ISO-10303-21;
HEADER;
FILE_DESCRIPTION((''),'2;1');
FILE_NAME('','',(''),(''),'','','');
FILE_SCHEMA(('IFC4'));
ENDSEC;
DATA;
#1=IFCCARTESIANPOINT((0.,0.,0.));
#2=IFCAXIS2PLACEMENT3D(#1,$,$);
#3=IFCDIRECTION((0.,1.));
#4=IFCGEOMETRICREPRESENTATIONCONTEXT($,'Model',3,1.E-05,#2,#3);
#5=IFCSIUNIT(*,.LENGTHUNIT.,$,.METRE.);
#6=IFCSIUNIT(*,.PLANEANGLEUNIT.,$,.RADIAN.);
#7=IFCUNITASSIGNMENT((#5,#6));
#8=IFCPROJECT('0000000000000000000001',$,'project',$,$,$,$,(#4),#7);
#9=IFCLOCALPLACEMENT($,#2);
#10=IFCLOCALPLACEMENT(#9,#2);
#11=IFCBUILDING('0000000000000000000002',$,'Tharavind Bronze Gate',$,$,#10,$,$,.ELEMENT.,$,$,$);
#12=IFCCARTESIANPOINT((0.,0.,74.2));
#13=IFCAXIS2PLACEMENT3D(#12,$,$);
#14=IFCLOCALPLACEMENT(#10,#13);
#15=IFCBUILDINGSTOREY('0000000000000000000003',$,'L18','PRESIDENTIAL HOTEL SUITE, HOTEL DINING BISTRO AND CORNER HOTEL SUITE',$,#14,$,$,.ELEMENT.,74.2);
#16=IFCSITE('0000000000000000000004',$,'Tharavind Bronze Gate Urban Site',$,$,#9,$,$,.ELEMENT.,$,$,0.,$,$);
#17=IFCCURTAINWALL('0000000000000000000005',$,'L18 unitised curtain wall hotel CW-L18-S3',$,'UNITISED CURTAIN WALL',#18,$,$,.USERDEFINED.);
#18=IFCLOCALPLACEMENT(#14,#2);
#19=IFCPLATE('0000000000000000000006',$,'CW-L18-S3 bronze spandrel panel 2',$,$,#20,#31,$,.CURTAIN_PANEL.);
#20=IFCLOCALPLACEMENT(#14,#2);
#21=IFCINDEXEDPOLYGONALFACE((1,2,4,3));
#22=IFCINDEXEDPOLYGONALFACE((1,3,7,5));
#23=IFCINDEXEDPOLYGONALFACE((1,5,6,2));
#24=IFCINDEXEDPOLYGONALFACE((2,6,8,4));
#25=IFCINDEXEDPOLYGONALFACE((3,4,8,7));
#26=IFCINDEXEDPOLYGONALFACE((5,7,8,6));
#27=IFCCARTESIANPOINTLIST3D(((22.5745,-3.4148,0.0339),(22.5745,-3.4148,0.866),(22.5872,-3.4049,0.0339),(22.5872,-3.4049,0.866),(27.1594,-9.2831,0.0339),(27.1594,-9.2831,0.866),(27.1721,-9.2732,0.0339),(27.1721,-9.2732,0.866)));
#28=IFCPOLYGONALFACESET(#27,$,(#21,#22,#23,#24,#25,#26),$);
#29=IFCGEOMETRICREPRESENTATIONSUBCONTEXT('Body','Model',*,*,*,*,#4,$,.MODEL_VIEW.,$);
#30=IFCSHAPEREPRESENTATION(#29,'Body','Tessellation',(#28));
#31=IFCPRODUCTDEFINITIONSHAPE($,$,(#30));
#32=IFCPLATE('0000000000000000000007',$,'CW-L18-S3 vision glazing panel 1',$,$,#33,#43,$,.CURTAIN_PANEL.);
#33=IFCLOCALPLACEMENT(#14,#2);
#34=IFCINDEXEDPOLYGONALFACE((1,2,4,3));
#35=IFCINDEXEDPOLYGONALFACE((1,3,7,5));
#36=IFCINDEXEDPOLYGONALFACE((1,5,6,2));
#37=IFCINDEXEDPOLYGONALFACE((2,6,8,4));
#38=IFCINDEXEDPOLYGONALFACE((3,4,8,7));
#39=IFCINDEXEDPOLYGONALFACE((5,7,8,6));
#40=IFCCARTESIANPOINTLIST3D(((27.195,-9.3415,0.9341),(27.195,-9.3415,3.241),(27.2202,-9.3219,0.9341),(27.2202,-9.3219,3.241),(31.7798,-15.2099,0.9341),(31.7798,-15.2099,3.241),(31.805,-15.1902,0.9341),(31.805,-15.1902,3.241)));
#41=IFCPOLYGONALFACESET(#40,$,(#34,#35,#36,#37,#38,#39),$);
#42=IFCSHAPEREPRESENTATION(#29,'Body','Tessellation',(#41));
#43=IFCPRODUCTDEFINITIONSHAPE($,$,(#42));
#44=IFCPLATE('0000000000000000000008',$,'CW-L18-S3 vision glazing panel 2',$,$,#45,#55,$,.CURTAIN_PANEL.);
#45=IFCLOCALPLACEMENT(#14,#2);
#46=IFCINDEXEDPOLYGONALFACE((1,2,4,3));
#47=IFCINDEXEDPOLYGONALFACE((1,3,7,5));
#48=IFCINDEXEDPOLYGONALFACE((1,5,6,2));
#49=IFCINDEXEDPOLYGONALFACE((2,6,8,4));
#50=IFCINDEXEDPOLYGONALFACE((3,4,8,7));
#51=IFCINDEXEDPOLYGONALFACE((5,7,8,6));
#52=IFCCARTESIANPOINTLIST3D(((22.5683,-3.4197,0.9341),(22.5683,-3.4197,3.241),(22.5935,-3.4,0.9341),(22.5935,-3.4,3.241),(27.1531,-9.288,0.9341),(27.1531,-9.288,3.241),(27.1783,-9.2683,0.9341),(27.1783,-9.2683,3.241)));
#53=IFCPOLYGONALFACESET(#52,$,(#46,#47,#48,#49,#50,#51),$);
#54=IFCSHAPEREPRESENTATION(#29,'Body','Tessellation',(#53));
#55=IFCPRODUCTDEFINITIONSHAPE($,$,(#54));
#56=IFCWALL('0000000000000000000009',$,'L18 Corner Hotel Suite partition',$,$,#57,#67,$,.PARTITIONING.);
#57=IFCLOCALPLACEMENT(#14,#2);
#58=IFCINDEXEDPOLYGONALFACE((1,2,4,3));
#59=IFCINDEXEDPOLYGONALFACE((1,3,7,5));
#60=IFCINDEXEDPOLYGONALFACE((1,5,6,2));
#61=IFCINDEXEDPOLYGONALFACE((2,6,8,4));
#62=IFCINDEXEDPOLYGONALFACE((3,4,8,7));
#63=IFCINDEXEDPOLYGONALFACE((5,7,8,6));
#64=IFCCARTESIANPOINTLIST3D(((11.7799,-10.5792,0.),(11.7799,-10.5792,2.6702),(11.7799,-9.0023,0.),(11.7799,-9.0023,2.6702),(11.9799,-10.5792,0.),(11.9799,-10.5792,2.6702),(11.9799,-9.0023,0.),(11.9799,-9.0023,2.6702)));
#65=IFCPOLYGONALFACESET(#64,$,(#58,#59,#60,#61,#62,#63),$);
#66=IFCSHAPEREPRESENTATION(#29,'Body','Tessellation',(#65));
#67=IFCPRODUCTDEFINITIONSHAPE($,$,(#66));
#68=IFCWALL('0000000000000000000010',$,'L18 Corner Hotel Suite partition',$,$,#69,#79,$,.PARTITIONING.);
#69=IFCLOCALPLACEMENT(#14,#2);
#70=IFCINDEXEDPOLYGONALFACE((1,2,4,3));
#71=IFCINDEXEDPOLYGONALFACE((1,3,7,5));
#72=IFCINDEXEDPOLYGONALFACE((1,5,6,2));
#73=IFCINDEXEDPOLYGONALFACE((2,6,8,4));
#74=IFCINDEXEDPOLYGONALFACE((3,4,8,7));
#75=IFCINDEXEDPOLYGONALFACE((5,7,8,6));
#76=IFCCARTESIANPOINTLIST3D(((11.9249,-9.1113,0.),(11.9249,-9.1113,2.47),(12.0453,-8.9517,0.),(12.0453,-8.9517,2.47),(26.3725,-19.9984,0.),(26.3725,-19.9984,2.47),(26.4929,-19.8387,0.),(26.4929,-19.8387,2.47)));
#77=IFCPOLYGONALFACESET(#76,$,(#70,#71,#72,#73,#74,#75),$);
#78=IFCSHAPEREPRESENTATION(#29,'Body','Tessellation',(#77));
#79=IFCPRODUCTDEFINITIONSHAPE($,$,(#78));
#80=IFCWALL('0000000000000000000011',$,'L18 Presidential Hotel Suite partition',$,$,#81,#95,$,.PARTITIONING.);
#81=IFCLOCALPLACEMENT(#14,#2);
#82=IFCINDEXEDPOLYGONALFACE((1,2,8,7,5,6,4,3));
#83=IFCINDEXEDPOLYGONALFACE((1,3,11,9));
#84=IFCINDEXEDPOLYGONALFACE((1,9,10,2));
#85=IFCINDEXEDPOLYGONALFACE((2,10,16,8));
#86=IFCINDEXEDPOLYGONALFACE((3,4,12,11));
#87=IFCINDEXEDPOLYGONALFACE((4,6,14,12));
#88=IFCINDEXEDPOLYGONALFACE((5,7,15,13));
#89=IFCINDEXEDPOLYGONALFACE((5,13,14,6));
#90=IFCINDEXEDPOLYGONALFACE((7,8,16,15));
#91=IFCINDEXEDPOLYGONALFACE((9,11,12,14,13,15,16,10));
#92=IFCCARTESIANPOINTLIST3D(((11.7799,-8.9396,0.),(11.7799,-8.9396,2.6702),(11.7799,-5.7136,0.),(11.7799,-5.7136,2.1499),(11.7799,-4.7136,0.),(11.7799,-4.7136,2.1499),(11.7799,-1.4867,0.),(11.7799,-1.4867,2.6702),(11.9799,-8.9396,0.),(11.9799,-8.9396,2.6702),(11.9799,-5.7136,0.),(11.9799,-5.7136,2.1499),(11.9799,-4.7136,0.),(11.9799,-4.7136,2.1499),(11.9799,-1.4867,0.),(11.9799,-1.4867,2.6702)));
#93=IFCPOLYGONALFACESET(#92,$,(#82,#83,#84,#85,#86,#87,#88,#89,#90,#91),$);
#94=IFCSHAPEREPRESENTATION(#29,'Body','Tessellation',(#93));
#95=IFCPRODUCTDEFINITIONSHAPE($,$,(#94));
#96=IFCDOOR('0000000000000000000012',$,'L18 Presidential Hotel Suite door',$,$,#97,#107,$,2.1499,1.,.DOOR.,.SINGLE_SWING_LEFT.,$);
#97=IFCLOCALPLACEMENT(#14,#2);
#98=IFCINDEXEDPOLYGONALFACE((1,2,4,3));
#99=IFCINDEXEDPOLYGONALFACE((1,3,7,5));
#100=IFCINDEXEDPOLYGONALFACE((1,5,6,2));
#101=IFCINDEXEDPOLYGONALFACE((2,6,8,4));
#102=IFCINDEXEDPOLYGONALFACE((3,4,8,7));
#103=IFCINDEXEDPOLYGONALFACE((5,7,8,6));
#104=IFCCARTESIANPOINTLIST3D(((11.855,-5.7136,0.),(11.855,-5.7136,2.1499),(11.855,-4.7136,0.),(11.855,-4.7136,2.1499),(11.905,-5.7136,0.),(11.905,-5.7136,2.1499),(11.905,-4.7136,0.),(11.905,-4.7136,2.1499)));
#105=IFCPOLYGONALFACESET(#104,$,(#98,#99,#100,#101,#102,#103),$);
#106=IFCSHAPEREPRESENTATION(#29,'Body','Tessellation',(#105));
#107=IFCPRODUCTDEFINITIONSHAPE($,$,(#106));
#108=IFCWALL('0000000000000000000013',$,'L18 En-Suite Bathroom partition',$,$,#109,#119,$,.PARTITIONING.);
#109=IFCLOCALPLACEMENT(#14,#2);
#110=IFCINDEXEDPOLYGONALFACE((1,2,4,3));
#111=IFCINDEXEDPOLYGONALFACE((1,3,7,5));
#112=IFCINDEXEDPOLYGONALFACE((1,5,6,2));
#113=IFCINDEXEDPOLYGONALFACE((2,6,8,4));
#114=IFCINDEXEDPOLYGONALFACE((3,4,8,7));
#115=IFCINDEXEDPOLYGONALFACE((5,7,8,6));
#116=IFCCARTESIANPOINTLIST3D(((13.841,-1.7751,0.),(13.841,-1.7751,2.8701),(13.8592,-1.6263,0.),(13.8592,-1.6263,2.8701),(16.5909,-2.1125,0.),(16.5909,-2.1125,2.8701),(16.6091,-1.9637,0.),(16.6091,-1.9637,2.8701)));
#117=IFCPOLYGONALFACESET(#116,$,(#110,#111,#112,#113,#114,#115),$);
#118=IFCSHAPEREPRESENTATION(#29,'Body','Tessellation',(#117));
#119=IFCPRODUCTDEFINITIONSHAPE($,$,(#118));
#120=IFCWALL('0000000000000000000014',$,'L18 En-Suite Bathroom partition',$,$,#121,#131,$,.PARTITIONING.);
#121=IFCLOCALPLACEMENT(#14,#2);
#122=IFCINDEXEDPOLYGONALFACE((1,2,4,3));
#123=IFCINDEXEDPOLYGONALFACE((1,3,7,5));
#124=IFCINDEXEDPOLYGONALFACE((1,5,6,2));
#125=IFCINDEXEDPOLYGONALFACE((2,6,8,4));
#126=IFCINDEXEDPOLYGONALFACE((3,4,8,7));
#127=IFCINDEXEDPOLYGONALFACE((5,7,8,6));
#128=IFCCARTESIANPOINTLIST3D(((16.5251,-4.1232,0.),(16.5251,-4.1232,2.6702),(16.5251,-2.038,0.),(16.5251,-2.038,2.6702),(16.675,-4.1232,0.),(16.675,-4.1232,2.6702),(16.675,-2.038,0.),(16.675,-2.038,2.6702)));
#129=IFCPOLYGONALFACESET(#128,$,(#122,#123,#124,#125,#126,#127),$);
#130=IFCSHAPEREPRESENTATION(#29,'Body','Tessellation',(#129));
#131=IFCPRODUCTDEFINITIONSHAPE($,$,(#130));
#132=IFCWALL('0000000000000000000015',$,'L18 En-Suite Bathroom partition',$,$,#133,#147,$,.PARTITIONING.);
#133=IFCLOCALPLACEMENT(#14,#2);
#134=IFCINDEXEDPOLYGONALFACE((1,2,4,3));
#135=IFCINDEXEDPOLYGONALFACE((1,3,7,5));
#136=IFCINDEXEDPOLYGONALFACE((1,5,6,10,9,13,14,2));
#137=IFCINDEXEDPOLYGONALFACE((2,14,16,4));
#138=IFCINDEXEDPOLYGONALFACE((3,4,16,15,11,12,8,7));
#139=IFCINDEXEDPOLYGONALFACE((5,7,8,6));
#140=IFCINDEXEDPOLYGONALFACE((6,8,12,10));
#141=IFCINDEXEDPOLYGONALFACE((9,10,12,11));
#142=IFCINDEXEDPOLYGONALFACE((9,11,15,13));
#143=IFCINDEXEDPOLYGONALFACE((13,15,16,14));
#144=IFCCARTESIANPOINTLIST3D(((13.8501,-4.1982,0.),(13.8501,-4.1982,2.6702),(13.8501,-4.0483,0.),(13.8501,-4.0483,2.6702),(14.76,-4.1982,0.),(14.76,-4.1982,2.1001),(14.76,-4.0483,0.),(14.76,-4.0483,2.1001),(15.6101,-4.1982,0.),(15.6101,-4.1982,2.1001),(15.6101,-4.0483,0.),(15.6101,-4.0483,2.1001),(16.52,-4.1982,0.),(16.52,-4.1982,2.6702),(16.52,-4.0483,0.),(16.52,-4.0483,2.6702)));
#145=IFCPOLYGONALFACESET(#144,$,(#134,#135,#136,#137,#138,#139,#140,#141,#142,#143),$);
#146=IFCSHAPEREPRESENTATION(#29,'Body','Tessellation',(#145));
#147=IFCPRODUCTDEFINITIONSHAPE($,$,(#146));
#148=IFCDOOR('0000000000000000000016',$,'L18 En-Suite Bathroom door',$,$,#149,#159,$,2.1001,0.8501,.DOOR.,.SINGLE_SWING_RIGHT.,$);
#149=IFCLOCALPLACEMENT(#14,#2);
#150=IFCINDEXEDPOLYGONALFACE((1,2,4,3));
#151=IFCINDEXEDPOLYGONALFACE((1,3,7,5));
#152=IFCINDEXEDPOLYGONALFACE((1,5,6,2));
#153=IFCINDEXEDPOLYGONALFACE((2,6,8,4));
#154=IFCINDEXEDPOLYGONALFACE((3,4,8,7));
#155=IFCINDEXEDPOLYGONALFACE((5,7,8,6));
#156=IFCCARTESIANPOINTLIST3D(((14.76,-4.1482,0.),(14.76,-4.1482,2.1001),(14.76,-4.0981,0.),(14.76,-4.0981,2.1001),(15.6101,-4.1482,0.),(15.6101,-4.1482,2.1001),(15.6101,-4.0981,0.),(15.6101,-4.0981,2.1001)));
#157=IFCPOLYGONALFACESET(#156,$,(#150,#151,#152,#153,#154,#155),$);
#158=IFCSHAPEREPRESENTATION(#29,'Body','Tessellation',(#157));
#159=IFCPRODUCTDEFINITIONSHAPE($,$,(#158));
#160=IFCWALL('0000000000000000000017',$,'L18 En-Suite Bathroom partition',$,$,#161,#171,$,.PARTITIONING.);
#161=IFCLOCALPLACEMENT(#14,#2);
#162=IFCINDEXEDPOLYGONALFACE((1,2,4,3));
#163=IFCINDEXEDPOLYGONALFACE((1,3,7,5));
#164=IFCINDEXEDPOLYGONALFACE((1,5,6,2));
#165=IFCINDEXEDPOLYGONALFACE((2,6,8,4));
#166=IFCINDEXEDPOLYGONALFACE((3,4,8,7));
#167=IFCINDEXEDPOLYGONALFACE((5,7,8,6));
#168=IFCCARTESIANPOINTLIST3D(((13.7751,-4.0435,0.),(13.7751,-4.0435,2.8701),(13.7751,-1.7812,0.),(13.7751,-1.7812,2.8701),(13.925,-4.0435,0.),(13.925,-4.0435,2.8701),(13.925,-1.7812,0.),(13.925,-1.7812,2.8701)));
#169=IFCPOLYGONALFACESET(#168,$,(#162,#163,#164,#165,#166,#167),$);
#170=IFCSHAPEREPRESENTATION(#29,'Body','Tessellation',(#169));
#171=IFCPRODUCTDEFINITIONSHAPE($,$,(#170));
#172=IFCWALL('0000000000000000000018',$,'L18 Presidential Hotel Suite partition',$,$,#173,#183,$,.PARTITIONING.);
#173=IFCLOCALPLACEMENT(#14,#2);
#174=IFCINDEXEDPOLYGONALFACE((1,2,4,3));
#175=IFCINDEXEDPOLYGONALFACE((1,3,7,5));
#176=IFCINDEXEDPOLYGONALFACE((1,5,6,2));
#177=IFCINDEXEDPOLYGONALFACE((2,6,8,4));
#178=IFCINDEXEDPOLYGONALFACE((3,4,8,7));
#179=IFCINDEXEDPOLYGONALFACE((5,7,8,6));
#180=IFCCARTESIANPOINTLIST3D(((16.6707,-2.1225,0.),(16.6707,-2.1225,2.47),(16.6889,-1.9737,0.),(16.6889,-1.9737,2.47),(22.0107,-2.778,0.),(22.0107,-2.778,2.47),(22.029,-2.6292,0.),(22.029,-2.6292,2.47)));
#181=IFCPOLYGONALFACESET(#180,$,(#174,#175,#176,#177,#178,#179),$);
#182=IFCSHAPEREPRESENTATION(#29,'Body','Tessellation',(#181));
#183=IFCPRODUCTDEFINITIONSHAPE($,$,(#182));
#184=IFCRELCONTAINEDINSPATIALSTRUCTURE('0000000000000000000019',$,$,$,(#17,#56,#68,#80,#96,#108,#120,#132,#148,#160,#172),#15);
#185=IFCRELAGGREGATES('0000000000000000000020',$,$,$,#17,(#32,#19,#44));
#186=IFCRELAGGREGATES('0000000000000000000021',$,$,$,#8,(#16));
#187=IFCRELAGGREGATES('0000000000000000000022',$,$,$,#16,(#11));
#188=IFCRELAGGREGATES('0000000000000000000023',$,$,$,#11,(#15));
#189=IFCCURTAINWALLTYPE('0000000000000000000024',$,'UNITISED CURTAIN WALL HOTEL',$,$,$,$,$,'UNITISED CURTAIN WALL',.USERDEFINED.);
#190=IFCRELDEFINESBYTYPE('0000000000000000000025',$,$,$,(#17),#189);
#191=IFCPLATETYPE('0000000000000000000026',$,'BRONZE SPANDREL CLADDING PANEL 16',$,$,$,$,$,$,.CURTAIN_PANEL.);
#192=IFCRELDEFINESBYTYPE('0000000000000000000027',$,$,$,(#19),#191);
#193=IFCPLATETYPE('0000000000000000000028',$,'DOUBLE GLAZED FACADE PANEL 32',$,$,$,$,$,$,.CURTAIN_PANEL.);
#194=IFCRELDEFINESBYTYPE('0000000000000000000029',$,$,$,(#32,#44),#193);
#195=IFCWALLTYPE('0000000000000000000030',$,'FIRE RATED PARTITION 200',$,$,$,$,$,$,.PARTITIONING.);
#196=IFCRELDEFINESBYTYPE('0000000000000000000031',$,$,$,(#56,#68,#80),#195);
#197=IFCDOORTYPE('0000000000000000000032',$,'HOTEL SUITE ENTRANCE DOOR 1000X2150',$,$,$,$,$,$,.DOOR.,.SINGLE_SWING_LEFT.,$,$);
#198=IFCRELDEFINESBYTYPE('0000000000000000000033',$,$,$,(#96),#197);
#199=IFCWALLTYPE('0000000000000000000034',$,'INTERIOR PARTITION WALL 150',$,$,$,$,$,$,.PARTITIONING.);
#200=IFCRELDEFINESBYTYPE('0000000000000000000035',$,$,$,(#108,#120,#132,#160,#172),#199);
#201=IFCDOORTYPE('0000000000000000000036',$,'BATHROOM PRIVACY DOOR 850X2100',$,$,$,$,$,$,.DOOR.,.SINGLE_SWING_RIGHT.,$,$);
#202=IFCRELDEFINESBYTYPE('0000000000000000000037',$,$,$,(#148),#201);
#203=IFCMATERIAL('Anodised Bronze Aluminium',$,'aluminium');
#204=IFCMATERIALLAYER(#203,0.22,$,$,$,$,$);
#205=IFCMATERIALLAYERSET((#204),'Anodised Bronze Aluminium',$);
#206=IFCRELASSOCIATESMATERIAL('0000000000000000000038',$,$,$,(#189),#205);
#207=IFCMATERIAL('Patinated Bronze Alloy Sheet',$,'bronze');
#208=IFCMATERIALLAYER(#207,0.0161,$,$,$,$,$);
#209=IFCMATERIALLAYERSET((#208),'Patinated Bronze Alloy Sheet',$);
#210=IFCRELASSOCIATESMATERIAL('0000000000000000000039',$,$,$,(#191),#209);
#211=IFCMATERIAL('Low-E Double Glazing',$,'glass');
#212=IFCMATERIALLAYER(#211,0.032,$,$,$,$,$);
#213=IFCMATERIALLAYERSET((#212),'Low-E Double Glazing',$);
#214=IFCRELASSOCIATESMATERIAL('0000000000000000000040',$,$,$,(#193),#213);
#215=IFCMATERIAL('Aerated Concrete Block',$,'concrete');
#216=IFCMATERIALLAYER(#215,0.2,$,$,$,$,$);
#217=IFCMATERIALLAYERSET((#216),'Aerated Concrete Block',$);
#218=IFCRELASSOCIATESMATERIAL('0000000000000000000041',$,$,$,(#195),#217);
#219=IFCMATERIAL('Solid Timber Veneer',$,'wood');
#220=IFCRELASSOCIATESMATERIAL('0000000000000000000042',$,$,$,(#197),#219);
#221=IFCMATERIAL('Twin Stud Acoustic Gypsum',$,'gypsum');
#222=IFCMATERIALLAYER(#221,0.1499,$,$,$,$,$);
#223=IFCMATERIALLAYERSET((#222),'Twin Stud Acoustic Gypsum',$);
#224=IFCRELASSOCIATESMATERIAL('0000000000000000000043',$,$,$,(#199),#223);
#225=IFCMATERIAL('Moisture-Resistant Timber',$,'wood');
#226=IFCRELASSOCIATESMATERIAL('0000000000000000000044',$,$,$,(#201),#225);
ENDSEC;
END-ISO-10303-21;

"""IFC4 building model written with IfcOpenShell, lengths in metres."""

from ifc_helpers import new_model, si_unit, direction, frame, frame_2d, origin, origin_2d, place, context, subcontext, project, spatial, rectangle, extrude, material, layer, layer_set, type_object, element, fill, aggregate, save


model = new_model("IFC4")

# Units and contexts
model_context = context("Model", 3, precision=1e-05, world=origin(), true_north=direction((0.0, 1.0)))
body_context = subcontext(model_context, "Body", "Model", "MODEL_VIEW")
ifc_project = project(units=[si_unit("LENGTHUNIT", "METRE"), si_unit("PLANEANGLEUNIT", "RADIAN")], contexts=[model_context])

# Site, building, storey
site_placement = place(None, origin())
site = spatial("IfcSite", under=ifc_project, at=site_placement, Name="Tharavind Bronze Gate Urban Site", CompositionType="ELEMENT", RefElevation=0.0)
building_placement = place(site_placement, origin())
building = spatial("IfcBuilding", under=site, at=building_placement, Name="Tharavind Bronze Gate", CompositionType="ELEMENT")
storey_placement = place(building_placement, frame((0.0, 0.0, 74.2)))
storey = spatial("IfcBuildingStorey", under=building, at=storey_placement, Name="L18", Description="PRESIDENTIAL HOTEL SUITE, HOTEL DINING BISTRO AND CORNER HOTEL SUITE", CompositionType="ELEMENT", Elevation=74.2)

# Curtain wall
ifc_material_1 = material(Name="Anodised Bronze Aluminium", Category="aluminium")
ifc_layer_1 = layer(ifc_material_1, 0.22)
ifc_layer_set_1 = layer_set([ifc_layer_1], Name="Anodised Bronze Aluminium")
curtain_wall_type = type_object("IfcCurtainWallType", Name="UNITISED CURTAIN WALL HOTEL", ElementType="UNITISED CURTAIN WALL", PredefinedType="USERDEFINED", material=ifc_layer_set_1)
curtain_wall_placement = place(storey_placement, origin())
curtain_wall = element("IfcCurtainWall", 1, at=curtain_wall_placement, inside=storey, type_object=curtain_wall_type, Name="L18 unitised curtain wall hotel CW-L18-S3", ObjectType="UNITISED CURTAIN WALL", PredefinedType="USERDEFINED")

# Plates
ifc_material_2 = material(Name="Patinated Bronze Alloy Sheet", Category="bronze")
ifc_layer_2 = layer(ifc_material_2, 0.0161)
ifc_layer_set_2 = layer_set([ifc_layer_2], Name="Patinated Bronze Alloy Sheet")
plate_type_1 = type_object("IfcPlateType", Name="BRONZE SPANDREL CLADDING PANEL 16", PredefinedType="CURTAIN_PANEL", material=ifc_layer_set_2)
plate_1_placement = place(storey_placement, frame((24.8733, -6.344, 0.0339), z_axis=(0.0, 0.0, 1.0), x_axis=(-0.615661, 0.788011, 0.0)))
plate_1 = element("IfcPlate", 2, at=plate_1_placement, type_object=plate_type_1, Name="CW-L18-S3 bronze spandrel panel 2", PredefinedType="CURTAIN_PANEL", context=body_context, shape_type="SweptSolid", body=[
    extrude(rectangle(XDim=7.447, YDim=0.0161, at=origin_2d()), origin(), (0.0, 0.0, 1.0), 0.832),
])
ifc_material_3 = material(Name="Low-E Double Glazing", Category="glass")
ifc_layer_3 = layer(ifc_material_3, 0.032)
ifc_layer_set_3 = layer_set([ifc_layer_3], Name="Low-E Double Glazing")
plate_type_2 = type_object("IfcPlateType", Name="DOUBLE GLAZED FACADE PANEL 32", PredefinedType="CURTAIN_PANEL", material=ifc_layer_set_3)
plate_2_placement = place(storey_placement, frame((29.5, -12.2659, 0.9341), z_axis=(0.0, 0.0, 1.0), x_axis=(-0.615661, 0.788011, 0.0)))
plate_2 = element("IfcPlate", 3, at=plate_2_placement, type_object=plate_type_2, Name="CW-L18-S3 vision glazing panel 1", PredefinedType="CURTAIN_PANEL", context=body_context, shape_type="SweptSolid", body=[
    extrude(rectangle(XDim=7.447, YDim=0.032, at=origin_2d()), origin(), (0.0, 0.0, 1.0), 2.3069),
])
plate_3_placement = place(storey_placement, frame((24.8733, -6.344, 0.9341), z_axis=(0.0, 0.0, 1.0), x_axis=(-0.615661, 0.788011, 0.0)))
plate_3 = element("IfcPlate", 4, at=plate_3_placement, type_object=plate_type_2, Name="CW-L18-S3 vision glazing panel 2", PredefinedType="CURTAIN_PANEL", context=body_context, shape_type="SweptSolid", body=[
    extrude(rectangle(XDim=7.447, YDim=0.032, at=origin_2d()), origin(), (0.0, 0.0, 1.0), 2.3069),
])
aggregate(curtain_wall, [plate_2, plate_1, plate_3])

# Walls
ifc_material_4 = material(Name="Aerated Concrete Block", Category="concrete")
ifc_layer_4 = layer(ifc_material_4, 0.2)
ifc_layer_set_4 = layer_set([ifc_layer_4], Name="Aerated Concrete Block")
wall_type_1 = type_object("IfcWallType", Name="FIRE RATED PARTITION 200", PredefinedType="PARTITIONING", material=ifc_layer_set_4)
wall_1_placement = place(storey_placement, frame((11.8799, -10.5793, 0.0), z_axis=(0.0, 0.0, 1.0), x_axis=(0.0, 1.0, 0.0)))
element("IfcWall", 5, at=wall_1_placement, inside=storey, type_object=wall_type_1, Name="L18 Corner Hotel Suite partition", PredefinedType="PARTITIONING", context=body_context, shape_type="SweptSolid", body=[
    extrude(rectangle(XDim=1.5769, YDim=0.2, at=frame_2d((0.7886, 0.0))), origin(), (0.0, 0.0, 1.0), 2.6702),
])
wall_2_placement = place(storey_placement, frame((11.9851, -9.0315, 0.0), z_axis=(0.0, 0.0, 1.0), x_axis=(0.798636, -0.601814, 0.0)))
element("IfcWall", 6, at=wall_2_placement, inside=storey, type_object=wall_type_1, Name="L18 Corner Hotel Suite partition", PredefinedType="PARTITIONING", context=body_context, shape_type="SweptSolid", body=[
    extrude(rectangle(XDim=18.0903, YDim=0.2, at=frame_2d((9.0452, 0.0))), origin(), (0.0, 0.0, 1.0), 2.47),
])

# Wall, opening, door
wall_3_placement = place(storey_placement, frame((11.8799, -8.9397, 0.0), z_axis=(0.0, 0.0, 1.0), x_axis=(0.0, 1.0, 0.0)))
wall_3 = element("IfcWall", 7, at=wall_3_placement, inside=storey, type_object=wall_type_1, Name="L18 Presidential Hotel Suite partition", PredefinedType="PARTITIONING", context=body_context, shape_type="SweptSolid", body=[
    extrude(rectangle(XDim=7.4529, YDim=0.2, at=frame_2d((3.7266, 0.0))), origin(), (0.0, 0.0, 1.0), 2.6702),
])
opening_1_placement = place(wall_3_placement, frame((3.2261, 0.0, 0.0)))
opening_1 = element("IfcOpeningElement", 8, at=opening_1_placement, cuts=wall_3, PredefinedType="OPENING", context=body_context, shape_type="SweptSolid", body=[
    extrude(rectangle(XDim=1.0, YDim=2.1499, at=frame_2d((0.5, 1.075))), frame((0.0, 0.1101, 0.0), z_axis=(0.0, -1.0, 0.0), x_axis=(1.0, 0.0, 0.0)), (0.0, 0.0, 1.0), 0.22),
])
ifc_material_5 = material(Name="Solid Timber Veneer", Category="wood")
door_type_1 = type_object("IfcDoorType", Name="HOTEL SUITE ENTRANCE DOOR 1000X2150", OperationType="SINGLE_SWING_LEFT", PredefinedType="DOOR", material=ifc_material_5)
door_1_placement = place(opening_1_placement, origin())
door_1 = element("IfcDoor", 9, at=door_1_placement, inside=storey, type_object=door_type_1, Name="L18 Presidential Hotel Suite door", OperationType="SINGLE_SWING_LEFT", OverallHeight=2.1499, OverallWidth=1.0, PredefinedType="DOOR", context=body_context, shape_type="SweptSolid", body=[
    extrude(rectangle(XDim=1.0, YDim=2.1499, at=frame_2d((0.5, 1.075))), frame((0.0, 0.0249, 0.0), z_axis=(0.0, -1.0, 0.0), x_axis=(1.0, 0.0, 0.0)), (0.0, 0.0, 1.0), 0.05),
])
fill(opening_1, door_1)

# Walls
ifc_material_6 = material(Name="Twin Stud Acoustic Gypsum", Category="gypsum")
ifc_layer_5 = layer(ifc_material_6, 0.1499)
ifc_layer_set_5 = layer_set([ifc_layer_5], Name="Twin Stud Acoustic Gypsum")
wall_type_2 = type_object("IfcWallType", Name="INTERIOR PARTITION WALL 150", PredefinedType="PARTITIONING", material=ifc_layer_set_5)
wall_4_placement = place(storey_placement, frame((13.8501, -1.7007, 0.0), z_axis=(0.0, 0.0, 1.0), x_axis=(0.992557, -0.121779, 0.0)))
element("IfcWall", 10, at=wall_4_placement, inside=storey, type_object=wall_type_2, Name="L18 En-Suite Bathroom partition", PredefinedType="PARTITIONING", context=body_context, shape_type="SweptSolid", body=[
    extrude(rectangle(XDim=2.7705, YDim=0.1499, at=frame_2d((1.3853, 0.0))), origin(), (0.0, 0.0, 1.0), 2.8701),
])
wall_5_placement = place(storey_placement, frame((16.6001, -2.0381, 0.0), z_axis=(0.0, 0.0, 1.0), x_axis=(0.0, -1.0, 0.0)))
element("IfcWall", 11, at=wall_5_placement, inside=storey, type_object=wall_type_2, Name="L18 En-Suite Bathroom partition", PredefinedType="PARTITIONING", context=body_context, shape_type="SweptSolid", body=[
    extrude(rectangle(XDim=2.0852, YDim=0.1499, at=frame_2d((1.0425, 0.0))), origin(), (0.0, 0.0, 1.0), 2.6702),
])

# Wall, opening, door
wall_6_placement = place(storey_placement, frame((16.52, -4.1233, 0.0), z_axis=(0.0, 0.0, 1.0), x_axis=(-1.0, 0.0, 0.0)))
wall_6 = element("IfcWall", 12, at=wall_6_placement, inside=storey, type_object=wall_type_2, Name="L18 En-Suite Bathroom partition", PredefinedType="PARTITIONING", context=body_context, shape_type="SweptSolid", body=[
    extrude(rectangle(XDim=2.6699, YDim=0.1499, at=frame_2d((1.335, 0.0))), origin(), (0.0, 0.0, 1.0), 2.6702),
])
opening_2_placement = place(wall_6_placement, frame((0.9099, 0.0, 0.0)))
opening_2 = element("IfcOpeningElement", 13, at=opening_2_placement, cuts=wall_6, PredefinedType="OPENING", context=body_context, shape_type="SweptSolid", body=[
    extrude(rectangle(XDim=0.8501, YDim=2.1001, at=frame_2d((0.425, 1.05))), frame((0.0, 0.085, 0.0), z_axis=(0.0, -1.0, 0.0), x_axis=(1.0, 0.0, 0.0)), (0.0, 0.0, 1.0), 0.1699),
])
ifc_material_7 = material(Name="Moisture-Resistant Timber", Category="wood")
door_type_2 = type_object("IfcDoorType", Name="BATHROOM PRIVACY DOOR 850X2100", OperationType="SINGLE_SWING_RIGHT", PredefinedType="DOOR", material=ifc_material_7)
door_2_placement = place(opening_2_placement, origin())
door_2 = element("IfcDoor", 14, at=door_2_placement, inside=storey, type_object=door_type_2, Name="L18 En-Suite Bathroom door", OperationType="SINGLE_SWING_RIGHT", OverallHeight=2.1001, OverallWidth=0.8501, PredefinedType="DOOR", context=body_context, shape_type="SweptSolid", body=[
    extrude(rectangle(XDim=0.8501, YDim=2.1001, at=frame_2d((0.425, 1.05))), frame((0.0, 0.0249, 0.0), z_axis=(0.0, -1.0, 0.0), x_axis=(1.0, 0.0, 0.0)), (0.0, 0.0, 1.0), 0.05),
])
fill(opening_2, door_2)

# Walls
wall_7_placement = place(storey_placement, frame((13.8501, -4.0435, 0.0), z_axis=(0.0, 0.0, 1.0), x_axis=(0.0, 1.0, 0.0)))
element("IfcWall", 15, at=wall_7_placement, inside=storey, type_object=wall_type_2, Name="L18 En-Suite Bathroom partition", PredefinedType="PARTITIONING", context=body_context, shape_type="SweptSolid", body=[
    extrude(rectangle(XDim=2.2622, YDim=0.1499, at=frame_2d((1.1311, 0.0))), origin(), (0.0, 0.0, 1.0), 2.8701),
])
wall_8_placement = place(storey_placement, frame((16.6799, -2.0481, 0.0), z_axis=(0.0, 0.0, 1.0), x_axis=(0.99255, -0.12184, 0.0)))
element("IfcWall", 16, at=wall_8_placement, inside=storey, type_object=wall_type_2, Name="L18 Presidential Hotel Suite partition", PredefinedType="PARTITIONING", context=body_context, shape_type="SweptSolid", body=[
    extrude(rectangle(XDim=5.3801, YDim=0.1499, at=frame_2d((2.6899, 0.0))), origin(), (0.0, 0.0, 1.0), 2.47),
])

save(model, "model.ifc")
